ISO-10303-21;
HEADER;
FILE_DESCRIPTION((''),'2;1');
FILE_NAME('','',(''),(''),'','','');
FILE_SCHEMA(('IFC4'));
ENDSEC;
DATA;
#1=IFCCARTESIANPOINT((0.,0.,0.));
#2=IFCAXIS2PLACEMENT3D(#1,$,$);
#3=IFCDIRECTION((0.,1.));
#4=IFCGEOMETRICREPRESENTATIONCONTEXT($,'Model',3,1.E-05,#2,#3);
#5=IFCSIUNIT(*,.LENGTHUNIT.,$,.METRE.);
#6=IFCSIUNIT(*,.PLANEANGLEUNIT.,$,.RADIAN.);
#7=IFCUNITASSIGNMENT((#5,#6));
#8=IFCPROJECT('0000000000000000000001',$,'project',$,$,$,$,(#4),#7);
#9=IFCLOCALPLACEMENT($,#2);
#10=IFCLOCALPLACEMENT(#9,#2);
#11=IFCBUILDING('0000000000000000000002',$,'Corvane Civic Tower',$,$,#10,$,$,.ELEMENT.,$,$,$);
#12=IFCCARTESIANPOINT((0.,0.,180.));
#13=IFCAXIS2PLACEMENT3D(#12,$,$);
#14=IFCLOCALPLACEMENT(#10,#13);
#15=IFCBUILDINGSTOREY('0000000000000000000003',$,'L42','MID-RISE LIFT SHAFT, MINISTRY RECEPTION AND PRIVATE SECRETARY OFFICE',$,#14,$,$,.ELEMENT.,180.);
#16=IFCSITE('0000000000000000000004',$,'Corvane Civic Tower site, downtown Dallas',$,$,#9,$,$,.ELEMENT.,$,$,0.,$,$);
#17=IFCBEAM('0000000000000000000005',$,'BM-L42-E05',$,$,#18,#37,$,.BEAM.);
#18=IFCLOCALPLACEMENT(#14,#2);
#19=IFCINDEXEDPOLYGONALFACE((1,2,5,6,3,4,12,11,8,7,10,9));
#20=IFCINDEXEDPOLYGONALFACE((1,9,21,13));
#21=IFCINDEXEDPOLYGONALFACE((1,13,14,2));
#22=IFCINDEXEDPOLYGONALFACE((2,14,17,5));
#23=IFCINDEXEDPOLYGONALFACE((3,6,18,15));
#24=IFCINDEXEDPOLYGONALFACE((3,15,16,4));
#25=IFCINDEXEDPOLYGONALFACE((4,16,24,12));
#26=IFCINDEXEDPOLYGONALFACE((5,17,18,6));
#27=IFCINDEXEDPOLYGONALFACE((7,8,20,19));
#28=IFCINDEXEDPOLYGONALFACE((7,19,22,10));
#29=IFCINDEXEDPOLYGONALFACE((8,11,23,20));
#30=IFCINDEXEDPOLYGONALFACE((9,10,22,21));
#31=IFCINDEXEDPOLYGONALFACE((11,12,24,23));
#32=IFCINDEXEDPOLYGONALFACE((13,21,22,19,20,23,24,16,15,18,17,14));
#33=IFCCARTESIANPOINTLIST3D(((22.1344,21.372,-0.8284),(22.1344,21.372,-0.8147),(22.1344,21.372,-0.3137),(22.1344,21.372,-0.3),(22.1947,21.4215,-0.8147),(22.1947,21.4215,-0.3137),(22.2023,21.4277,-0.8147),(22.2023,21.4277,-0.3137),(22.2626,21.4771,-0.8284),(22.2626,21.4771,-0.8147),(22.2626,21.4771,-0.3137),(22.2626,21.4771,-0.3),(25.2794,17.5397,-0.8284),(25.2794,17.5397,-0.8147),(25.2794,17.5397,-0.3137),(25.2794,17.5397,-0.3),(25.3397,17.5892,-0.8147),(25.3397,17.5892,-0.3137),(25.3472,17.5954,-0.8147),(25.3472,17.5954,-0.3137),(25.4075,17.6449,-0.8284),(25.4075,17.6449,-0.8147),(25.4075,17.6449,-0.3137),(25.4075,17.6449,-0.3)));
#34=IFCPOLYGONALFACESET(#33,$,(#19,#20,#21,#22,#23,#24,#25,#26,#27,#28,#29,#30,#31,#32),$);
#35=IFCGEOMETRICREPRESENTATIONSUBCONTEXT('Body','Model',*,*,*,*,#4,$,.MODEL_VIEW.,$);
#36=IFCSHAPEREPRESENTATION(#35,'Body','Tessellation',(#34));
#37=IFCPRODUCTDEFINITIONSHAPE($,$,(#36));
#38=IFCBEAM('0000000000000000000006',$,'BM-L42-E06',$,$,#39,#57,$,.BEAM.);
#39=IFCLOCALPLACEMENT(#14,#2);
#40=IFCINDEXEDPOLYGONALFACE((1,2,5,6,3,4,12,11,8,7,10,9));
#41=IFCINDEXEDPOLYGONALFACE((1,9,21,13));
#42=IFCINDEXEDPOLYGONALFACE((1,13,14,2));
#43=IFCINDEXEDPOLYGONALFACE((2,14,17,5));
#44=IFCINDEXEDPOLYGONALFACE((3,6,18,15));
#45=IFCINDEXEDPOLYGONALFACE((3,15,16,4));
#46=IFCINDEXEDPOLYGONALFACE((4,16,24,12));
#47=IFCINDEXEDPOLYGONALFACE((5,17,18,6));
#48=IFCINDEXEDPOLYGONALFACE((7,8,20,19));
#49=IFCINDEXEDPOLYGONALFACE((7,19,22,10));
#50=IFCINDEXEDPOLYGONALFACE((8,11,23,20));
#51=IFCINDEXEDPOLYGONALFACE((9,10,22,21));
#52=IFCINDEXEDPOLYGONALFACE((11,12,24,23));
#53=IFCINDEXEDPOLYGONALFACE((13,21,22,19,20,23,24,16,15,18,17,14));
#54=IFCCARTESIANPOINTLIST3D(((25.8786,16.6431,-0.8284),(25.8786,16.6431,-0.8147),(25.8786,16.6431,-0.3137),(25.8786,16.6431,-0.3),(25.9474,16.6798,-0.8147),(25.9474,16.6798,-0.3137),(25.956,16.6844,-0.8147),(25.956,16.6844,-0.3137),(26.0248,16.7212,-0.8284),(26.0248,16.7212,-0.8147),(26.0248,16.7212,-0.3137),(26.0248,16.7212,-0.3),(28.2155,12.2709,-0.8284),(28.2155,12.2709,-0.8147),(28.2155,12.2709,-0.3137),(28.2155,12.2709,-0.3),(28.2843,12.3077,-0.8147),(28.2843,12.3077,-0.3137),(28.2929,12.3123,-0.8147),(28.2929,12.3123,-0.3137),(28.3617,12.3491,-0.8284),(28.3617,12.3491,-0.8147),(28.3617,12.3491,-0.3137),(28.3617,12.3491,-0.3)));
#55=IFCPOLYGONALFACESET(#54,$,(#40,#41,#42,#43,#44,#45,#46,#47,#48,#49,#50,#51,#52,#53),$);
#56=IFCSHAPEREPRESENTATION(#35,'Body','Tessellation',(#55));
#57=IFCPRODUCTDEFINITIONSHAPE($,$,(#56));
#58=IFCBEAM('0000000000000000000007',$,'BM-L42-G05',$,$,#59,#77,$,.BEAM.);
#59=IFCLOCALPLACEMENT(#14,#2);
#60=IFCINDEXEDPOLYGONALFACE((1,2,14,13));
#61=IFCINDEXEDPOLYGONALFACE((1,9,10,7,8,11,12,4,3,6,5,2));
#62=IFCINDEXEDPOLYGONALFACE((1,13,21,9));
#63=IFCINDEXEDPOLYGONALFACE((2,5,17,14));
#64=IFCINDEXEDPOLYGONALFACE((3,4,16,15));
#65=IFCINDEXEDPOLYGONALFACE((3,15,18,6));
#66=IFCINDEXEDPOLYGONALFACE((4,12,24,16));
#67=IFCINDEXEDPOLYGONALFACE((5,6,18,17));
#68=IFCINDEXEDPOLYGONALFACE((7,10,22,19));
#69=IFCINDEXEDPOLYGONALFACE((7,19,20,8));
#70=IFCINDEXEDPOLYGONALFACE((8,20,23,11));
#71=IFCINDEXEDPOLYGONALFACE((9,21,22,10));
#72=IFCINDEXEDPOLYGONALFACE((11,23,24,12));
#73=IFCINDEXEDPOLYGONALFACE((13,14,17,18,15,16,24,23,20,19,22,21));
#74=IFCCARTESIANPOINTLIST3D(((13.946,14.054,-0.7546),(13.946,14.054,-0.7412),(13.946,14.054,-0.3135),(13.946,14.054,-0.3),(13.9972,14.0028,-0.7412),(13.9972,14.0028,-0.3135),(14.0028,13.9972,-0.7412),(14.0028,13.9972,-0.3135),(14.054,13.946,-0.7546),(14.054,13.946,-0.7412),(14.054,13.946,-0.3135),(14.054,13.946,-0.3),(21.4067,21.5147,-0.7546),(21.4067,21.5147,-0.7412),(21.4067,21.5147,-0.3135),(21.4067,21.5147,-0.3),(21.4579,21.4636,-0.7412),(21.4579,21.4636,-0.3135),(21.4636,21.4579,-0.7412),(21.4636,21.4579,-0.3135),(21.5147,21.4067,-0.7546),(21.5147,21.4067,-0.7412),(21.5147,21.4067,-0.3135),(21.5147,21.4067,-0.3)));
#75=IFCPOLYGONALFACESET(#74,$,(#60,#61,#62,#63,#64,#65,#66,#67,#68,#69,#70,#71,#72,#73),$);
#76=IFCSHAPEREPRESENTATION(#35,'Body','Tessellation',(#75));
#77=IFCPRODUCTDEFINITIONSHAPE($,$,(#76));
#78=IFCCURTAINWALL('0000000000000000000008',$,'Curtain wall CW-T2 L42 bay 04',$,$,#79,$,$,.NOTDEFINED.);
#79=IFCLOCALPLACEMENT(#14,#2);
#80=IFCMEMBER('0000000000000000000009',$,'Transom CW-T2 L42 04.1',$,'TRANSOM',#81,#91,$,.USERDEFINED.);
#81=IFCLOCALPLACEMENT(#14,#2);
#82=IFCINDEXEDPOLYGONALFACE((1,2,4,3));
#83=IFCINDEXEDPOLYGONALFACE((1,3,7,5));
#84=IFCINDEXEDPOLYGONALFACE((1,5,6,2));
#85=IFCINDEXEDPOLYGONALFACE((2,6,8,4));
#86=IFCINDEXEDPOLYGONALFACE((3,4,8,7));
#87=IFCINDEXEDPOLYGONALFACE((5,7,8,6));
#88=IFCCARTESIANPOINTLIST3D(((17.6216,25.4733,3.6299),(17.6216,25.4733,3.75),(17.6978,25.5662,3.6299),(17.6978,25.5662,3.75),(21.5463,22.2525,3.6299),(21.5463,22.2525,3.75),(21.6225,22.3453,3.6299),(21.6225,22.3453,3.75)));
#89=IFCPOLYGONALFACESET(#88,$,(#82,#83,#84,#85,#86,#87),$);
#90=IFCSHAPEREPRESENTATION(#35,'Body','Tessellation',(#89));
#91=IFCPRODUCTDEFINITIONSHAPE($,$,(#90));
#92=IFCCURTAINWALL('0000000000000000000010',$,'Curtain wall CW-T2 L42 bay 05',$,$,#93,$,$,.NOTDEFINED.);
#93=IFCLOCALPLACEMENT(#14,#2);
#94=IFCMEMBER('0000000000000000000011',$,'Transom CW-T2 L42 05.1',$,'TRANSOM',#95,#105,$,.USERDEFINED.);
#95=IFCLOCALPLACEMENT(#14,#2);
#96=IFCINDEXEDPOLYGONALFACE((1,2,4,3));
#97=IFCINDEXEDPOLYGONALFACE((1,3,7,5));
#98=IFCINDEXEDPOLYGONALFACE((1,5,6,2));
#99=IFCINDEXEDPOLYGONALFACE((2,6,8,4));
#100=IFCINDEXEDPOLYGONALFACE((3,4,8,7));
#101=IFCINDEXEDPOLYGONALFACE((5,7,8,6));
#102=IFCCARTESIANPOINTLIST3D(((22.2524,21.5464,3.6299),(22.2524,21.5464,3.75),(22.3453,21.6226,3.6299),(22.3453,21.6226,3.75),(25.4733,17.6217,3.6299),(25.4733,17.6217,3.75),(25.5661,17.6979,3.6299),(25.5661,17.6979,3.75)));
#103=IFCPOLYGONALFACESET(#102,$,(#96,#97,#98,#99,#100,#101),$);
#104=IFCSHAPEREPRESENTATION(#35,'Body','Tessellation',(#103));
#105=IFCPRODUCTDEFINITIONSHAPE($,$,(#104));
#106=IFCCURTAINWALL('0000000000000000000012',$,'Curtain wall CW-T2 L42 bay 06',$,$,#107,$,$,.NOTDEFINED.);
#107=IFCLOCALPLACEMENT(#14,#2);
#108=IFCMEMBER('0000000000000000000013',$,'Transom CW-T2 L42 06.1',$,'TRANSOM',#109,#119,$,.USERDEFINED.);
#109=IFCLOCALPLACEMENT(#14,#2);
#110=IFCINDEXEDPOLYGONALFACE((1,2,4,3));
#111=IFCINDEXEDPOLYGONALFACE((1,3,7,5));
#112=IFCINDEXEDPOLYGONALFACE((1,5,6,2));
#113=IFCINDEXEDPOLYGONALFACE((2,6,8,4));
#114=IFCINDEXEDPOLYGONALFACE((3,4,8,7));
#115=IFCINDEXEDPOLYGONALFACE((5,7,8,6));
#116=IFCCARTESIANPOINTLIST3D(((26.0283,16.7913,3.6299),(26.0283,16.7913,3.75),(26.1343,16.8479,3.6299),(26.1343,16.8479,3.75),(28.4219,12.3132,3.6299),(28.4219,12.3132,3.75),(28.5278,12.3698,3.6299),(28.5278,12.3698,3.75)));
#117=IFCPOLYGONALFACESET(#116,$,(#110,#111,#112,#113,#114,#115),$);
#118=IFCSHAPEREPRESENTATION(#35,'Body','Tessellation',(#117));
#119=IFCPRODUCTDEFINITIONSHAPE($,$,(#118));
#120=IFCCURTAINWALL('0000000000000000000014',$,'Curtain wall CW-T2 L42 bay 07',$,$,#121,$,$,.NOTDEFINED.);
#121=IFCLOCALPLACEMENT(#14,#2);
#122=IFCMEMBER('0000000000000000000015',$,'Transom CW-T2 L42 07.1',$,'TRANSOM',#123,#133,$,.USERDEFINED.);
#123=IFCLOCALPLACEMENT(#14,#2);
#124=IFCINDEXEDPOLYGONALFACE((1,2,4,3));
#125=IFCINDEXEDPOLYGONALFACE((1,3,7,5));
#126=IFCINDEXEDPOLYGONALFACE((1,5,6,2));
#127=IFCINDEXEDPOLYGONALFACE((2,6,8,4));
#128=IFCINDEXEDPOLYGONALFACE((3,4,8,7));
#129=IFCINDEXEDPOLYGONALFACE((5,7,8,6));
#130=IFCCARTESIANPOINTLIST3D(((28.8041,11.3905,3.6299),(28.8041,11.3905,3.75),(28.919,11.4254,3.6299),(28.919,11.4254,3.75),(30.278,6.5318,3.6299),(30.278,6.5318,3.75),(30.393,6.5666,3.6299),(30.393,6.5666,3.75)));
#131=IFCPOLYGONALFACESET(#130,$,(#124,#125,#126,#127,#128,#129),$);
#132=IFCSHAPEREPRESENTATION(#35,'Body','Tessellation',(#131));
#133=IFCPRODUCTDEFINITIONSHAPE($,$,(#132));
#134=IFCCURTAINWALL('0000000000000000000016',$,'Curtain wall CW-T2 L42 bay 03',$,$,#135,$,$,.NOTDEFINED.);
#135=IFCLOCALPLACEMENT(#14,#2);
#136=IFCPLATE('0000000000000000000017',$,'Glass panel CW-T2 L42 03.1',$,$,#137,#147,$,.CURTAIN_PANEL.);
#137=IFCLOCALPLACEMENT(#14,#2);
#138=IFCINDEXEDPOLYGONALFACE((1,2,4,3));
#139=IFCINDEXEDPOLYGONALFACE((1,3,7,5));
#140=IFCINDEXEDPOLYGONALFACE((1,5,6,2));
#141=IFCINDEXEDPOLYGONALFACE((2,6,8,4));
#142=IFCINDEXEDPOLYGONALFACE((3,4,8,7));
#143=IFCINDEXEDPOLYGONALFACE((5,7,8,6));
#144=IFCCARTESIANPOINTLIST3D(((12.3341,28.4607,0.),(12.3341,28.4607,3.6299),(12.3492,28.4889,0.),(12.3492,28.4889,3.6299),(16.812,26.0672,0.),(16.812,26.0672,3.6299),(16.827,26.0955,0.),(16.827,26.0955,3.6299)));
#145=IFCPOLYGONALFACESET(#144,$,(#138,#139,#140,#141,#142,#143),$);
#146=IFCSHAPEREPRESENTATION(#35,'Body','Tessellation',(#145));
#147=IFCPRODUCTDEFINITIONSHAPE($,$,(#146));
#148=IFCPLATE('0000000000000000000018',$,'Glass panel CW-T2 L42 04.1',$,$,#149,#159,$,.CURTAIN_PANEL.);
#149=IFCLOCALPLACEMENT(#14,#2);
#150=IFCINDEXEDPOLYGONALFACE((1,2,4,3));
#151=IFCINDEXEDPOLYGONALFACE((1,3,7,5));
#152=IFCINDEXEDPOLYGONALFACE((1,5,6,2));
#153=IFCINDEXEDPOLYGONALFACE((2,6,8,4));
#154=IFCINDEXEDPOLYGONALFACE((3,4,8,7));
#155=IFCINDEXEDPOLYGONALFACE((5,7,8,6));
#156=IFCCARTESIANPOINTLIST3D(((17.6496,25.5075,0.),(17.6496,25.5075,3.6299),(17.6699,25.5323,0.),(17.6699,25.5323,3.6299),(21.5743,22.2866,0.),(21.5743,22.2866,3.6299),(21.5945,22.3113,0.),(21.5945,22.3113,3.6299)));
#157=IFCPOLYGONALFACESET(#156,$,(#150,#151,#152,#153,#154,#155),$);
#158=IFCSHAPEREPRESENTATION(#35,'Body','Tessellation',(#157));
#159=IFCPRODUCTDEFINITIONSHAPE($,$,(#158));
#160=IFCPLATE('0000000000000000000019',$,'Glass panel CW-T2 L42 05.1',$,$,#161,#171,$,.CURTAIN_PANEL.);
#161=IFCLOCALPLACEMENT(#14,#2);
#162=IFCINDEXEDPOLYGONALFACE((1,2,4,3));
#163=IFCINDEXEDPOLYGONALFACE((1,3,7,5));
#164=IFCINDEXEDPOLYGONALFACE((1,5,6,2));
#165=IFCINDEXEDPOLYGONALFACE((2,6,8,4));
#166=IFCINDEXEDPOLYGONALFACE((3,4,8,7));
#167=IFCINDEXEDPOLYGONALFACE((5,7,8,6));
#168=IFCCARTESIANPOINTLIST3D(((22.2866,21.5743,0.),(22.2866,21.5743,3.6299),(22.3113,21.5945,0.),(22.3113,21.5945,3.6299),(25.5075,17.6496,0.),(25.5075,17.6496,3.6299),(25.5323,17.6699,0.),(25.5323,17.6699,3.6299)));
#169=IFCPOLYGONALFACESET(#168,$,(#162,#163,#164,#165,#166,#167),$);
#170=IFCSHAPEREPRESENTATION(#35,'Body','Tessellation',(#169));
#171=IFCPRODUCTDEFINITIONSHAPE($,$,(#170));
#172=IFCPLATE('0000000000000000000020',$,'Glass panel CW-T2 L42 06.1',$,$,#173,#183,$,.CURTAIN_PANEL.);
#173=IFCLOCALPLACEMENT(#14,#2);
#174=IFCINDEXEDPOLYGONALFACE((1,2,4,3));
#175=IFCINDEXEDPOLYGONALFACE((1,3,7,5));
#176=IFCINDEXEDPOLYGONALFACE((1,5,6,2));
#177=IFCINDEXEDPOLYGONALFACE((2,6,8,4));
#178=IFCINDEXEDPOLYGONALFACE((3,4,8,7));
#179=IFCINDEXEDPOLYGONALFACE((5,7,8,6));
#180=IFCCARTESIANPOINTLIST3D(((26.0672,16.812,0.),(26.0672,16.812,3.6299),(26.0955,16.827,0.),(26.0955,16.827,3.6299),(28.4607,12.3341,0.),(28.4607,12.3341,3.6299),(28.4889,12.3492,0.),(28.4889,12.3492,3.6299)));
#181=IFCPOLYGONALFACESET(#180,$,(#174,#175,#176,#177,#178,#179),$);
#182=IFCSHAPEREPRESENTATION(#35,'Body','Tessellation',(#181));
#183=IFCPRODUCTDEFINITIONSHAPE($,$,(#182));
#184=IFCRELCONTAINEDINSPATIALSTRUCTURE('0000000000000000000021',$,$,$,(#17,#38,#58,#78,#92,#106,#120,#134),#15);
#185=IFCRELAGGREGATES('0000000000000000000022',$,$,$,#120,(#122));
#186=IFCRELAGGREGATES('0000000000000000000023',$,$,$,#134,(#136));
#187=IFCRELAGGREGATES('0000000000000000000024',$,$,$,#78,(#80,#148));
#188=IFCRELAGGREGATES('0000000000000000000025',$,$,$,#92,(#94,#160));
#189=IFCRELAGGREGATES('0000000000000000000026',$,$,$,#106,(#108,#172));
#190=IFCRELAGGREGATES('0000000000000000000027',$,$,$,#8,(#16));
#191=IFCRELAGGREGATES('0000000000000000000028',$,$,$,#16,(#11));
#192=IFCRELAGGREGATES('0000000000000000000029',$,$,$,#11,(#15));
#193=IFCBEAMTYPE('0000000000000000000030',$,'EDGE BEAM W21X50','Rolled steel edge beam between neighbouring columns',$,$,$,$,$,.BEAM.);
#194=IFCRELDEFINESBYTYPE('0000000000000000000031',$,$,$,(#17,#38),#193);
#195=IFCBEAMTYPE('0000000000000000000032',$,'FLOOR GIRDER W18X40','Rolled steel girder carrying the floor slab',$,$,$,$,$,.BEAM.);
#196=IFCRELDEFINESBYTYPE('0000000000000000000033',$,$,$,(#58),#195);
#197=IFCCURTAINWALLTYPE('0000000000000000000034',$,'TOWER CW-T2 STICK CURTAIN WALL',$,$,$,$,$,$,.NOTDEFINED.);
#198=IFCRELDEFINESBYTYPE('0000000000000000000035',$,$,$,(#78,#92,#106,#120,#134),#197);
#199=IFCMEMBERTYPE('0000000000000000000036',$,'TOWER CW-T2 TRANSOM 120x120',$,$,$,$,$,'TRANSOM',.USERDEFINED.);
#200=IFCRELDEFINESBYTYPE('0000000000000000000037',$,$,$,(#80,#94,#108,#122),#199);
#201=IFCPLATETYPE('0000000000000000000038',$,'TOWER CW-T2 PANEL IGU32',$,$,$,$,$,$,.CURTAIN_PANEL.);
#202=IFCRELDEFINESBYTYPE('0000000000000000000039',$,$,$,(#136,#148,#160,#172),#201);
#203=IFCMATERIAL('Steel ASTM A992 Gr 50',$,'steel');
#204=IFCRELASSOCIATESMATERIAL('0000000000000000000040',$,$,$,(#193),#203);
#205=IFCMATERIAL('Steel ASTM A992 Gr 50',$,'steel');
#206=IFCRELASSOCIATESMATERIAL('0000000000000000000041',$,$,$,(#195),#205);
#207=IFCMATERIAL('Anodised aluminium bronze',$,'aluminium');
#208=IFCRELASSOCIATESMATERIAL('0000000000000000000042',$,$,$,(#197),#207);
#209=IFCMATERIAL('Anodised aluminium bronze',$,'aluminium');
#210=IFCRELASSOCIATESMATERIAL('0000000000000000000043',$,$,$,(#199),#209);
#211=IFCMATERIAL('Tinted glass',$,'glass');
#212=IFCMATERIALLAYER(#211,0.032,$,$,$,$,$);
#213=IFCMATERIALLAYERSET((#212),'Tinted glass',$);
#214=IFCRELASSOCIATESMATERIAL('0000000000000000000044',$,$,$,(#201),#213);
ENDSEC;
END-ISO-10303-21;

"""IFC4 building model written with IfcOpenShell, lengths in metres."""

from ifc_helpers import new_model, si_unit, direction, frame, origin, origin_2d, place, context, subcontext, project, spatial, rectangle, i_section, extrude, material, layer, layer_set, material_profile, profile_set, type_object, element, aggregate, save


model = new_model("IFC4")

# Units and contexts
model_context = context("Model", 3, precision=1e-05, world=origin(), true_north=direction((0.0, 1.0)))
body_context = subcontext(model_context, "Body", "Model", "MODEL_VIEW")
ifc_project = project(units=[si_unit("LENGTHUNIT", "METRE"), si_unit("PLANEANGLEUNIT", "RADIAN")], contexts=[model_context])

# Site, building, storey
site_placement = place(None, origin())
site = spatial("IfcSite", under=ifc_project, at=site_placement, Name="Corvane Civic Tower site, downtown Dallas", CompositionType="ELEMENT", RefElevation=0.0)
building_placement = place(site_placement, origin())
building = spatial("IfcBuilding", under=site, at=building_placement, Name="Corvane Civic Tower", CompositionType="ELEMENT")
storey_placement = place(building_placement, frame((0.0, 0.0, 180.0)))
storey = spatial("IfcBuildingStorey", under=building, at=storey_placement, Name="L42", Description="MID-RISE LIFT SHAFT, MINISTRY RECEPTION AND PRIVATE SECRETARY OFFICE", CompositionType="ELEMENT", Elevation=180.0)

# Beams
ifc_material_1 = material(Name="Steel ASTM A992 Gr 50", Category="steel")
ifc_material_profile_1 = material_profile(ifc_material_1, i_section(OverallWidth=0.1658, OverallDepth=0.5283, WebThickness=0.0098, FlangeThickness=0.0137, at=origin_2d()), Name="W21X50")
ifc_profile_set_1 = profile_set([ifc_material_profile_1], Name="Steel ASTM A992 Gr 50")
beam_type_1 = type_object("IfcBeamType", Name="EDGE BEAM W21X50", Description="Rolled steel edge beam between neighbouring columns", PredefinedType="BEAM", material=ifc_profile_set_1)
for number, where, z_axis, x_axis, name in (
    (1, (22.1985, 21.4246, -0.5642), (0.634388, -0.773015, 0.0), (0.773015, 0.634388, 0.0), "BM-L42-E05"),
    (2, (25.9517, 16.6821, -0.5642), (0.471396, -0.881922, 0.0), (0.881922, 0.471396, 0.0), "BM-L42-E06"),
):
    element("IfcBeam", number, at=place(storey_placement, frame(where, z_axis=z_axis, x_axis=x_axis)), inside=storey, type_object=beam_type_1, Name=name, PredefinedType="BEAM", context=body_context, shape_type="SweptSolid", body=[
        extrude(i_section(OverallWidth=0.1658, OverallDepth=0.5283, WebThickness=0.0098, FlangeThickness=0.0137, at=origin_2d()), origin(), (0.0, 0.0, 1.0), 4.9575),
    ])
ifc_material_2 = material(Name="Steel ASTM A992 Gr 50", Category="steel")
ifc_material_profile_2 = material_profile(ifc_material_2, i_section(OverallWidth=0.1528, OverallDepth=0.4546, WebThickness=0.0081, FlangeThickness=0.0134, at=origin_2d()), Name="W18X40")
ifc_profile_set_2 = profile_set([ifc_material_profile_2], Name="Steel ASTM A992 Gr 50")
beam_type_2 = type_object("IfcBeamType", Name="FLOOR GIRDER W18X40", Description="Rolled steel girder carrying the floor slab", PredefinedType="BEAM", material=ifc_profile_set_2)
beam_placement = place(storey_placement, frame((14.0, 14.0, -0.5273), z_axis=(0.707107, 0.707107, 0.0), x_axis=(-0.707107, 0.707107, 0.0)))
element("IfcBeam", 3, at=beam_placement, inside=storey, type_object=beam_type_2, Name="BM-L42-G05", PredefinedType="BEAM", context=body_context, shape_type="SweptSolid", body=[
    extrude(i_section(OverallWidth=0.1528, OverallDepth=0.4546, WebThickness=0.0081, FlangeThickness=0.0134, at=origin_2d()), origin(), (0.0, 0.0, 1.0), 10.551),
])

# Curtain walls, members
ifc_material_3 = material(Name="Anodised aluminium bronze", Category="aluminium")
curtain_wall_type = type_object("IfcCurtainWallType", Name="TOWER CW-T2 STICK CURTAIN WALL", PredefinedType="NOTDEFINED", material=ifc_material_3)
curtain_wall_1_placement = place(storey_placement, origin())
curtain_wall_1 = element("IfcCurtainWall", 4, at=curtain_wall_1_placement, inside=storey, type_object=curtain_wall_type, Name="Curtain wall CW-T2 L42 bay 04", PredefinedType="NOTDEFINED")
ifc_material_4 = material(Name="Anodised aluminium bronze", Category="aluminium")
ifc_material_profile_3 = material_profile(ifc_material_4, rectangle(XDim=0.1201, YDim=0.1201, at=origin_2d()), Name="TOWER CW-T2 TRANSOM 120x120")
ifc_profile_set_3 = profile_set([ifc_material_profile_3], Name="Anodised aluminium bronze")
member_type = type_object("IfcMemberType", Name="TOWER CW-T2 TRANSOM 120x120", ElementType="TRANSOM", PredefinedType="USERDEFINED", material=ifc_profile_set_3)
member_1_placement = place(storey_placement, frame((17.6597, 25.5198, 3.6899), z_axis=(0.773016, -0.634387, 0.0), x_axis=(0.634387, 0.773016, 0.0)))
member_1 = element("IfcMember", 5, at=member_1_placement, type_object=member_type, Name="Transom CW-T2 L42 04.1", ObjectType="TRANSOM", PredefinedType="USERDEFINED", context=body_context, shape_type="SweptSolid", body=[
    extrude(rectangle(XDim=0.1201, YDim=0.1201, at=origin_2d()), origin(), (0.0, 0.0, 1.0), 5.0771),
])
curtain_wall_2_placement = place(storey_placement, origin())
curtain_wall_2 = element("IfcCurtainWall", 6, at=curtain_wall_2_placement, inside=storey, type_object=curtain_wall_type, Name="Curtain wall CW-T2 L42 bay 05", PredefinedType="NOTDEFINED")
member_2_placement = place(storey_placement, frame((22.2988, 21.5845, 3.6899), z_axis=(0.634387, -0.773016, 0.0), x_axis=(0.773016, 0.634387, 0.0)))
member_2 = element("IfcMember", 7, at=member_2_placement, type_object=member_type, Name="Transom CW-T2 L42 05.1", ObjectType="TRANSOM", PredefinedType="USERDEFINED", context=body_context, shape_type="SweptSolid", body=[
    extrude(rectangle(XDim=0.1201, YDim=0.1201, at=origin_2d()), origin(), (0.0, 0.0, 1.0), 5.0771),
])
curtain_wall_3_placement = place(storey_placement, origin())
curtain_wall_3 = element("IfcCurtainWall", 8, at=curtain_wall_3_placement, inside=storey, type_object=curtain_wall_type, Name="Curtain wall CW-T2 L42 bay 06", PredefinedType="NOTDEFINED")
member_3_placement = place(storey_placement, frame((26.0813, 16.8196, 3.6899), z_axis=(0.471397, -0.881921, 0.0), x_axis=(0.881921, 0.471397, 0.0)))
member_3 = element("IfcMember", 9, at=member_3_placement, type_object=member_type, Name="Transom CW-T2 L42 06.1", ObjectType="TRANSOM", PredefinedType="USERDEFINED", context=body_context, shape_type="SweptSolid", body=[
    extrude(rectangle(XDim=0.1201, YDim=0.1201, at=origin_2d()), origin(), (0.0, 0.0, 1.0), 5.0776),
])
curtain_wall_4_placement = place(storey_placement, origin())
curtain_wall_4 = element("IfcCurtainWall", 10, at=curtain_wall_4_placement, inside=storey, type_object=curtain_wall_type, Name="Curtain wall CW-T2 L42 bay 07", PredefinedType="NOTDEFINED")
member_4_placement = place(storey_placement, frame((28.8616, 11.408, 3.6899), z_axis=(0.290289, -0.956939, 0.0), x_axis=(0.956939, 0.290289, 0.0)))
member_4 = element("IfcMember", 11, at=member_4_placement, type_object=member_type, Name="Transom CW-T2 L42 07.1", ObjectType="TRANSOM", PredefinedType="USERDEFINED", context=body_context, shape_type="SweptSolid", body=[
    extrude(rectangle(XDim=0.1201, YDim=0.1201, at=origin_2d()), origin(), (0.0, 0.0, 1.0), 5.0774),
])
aggregate(curtain_wall_4, [member_4])

# Curtain wall, plate
curtain_wall_5_placement = place(storey_placement, origin())
curtain_wall_5 = element("IfcCurtainWall", 12, at=curtain_wall_5_placement, inside=storey, type_object=curtain_wall_type, Name="Curtain wall CW-T2 L42 bay 03", PredefinedType="NOTDEFINED")
ifc_material_5 = material(Name="Tinted glass", Category="glass")
ifc_layer_1 = layer(ifc_material_5, 0.032)
ifc_layer_set_1 = layer_set([ifc_layer_1], Name="Tinted glass")
plate_type = type_object("IfcPlateType", Name="TOWER CW-T2 PANEL IGU32", PredefinedType="CURTAIN_PANEL", material=ifc_layer_set_1)
plate_1_placement = place(storey_placement, frame((14.5806, 27.2781, 0.0), z_axis=(0.0, 0.0, 1.0), x_axis=(0.881922, -0.471395, 0.0)))
plate_1 = element("IfcPlate", 13, at=plate_1_placement, type_object=plate_type, Name="Glass panel CW-T2 L42 03.1", PredefinedType="CURTAIN_PANEL", context=body_context, shape_type="SweptSolid", body=[
    extrude(rectangle(XDim=5.0774, YDim=0.032, at=origin_2d()), origin(), (0.0, 0.0, 1.0), 3.6299),
])
aggregate(curtain_wall_5, [plate_1])

# Plates
plate_2_placement = place(storey_placement, frame((19.6221, 23.9094, 0.0), z_axis=(0.0, 0.0, 1.0), x_axis=(0.773005, -0.6344, 0.0)))
plate_2 = element("IfcPlate", 14, at=plate_2_placement, type_object=plate_type, Name="Glass panel CW-T2 L42 04.1", PredefinedType="CURTAIN_PANEL", context=body_context, shape_type="SweptSolid", body=[
    extrude(rectangle(XDim=5.0771, YDim=0.032, at=origin_2d()), origin(), (0.0, 0.0, 1.0), 3.6299),
])
aggregate(curtain_wall_1, [member_1, plate_2])
plate_3_placement = place(storey_placement, frame((23.9094, 19.6221, 0.0), z_axis=(0.0, 0.0, 1.0), x_axis=(0.6344, -0.773005, 0.0)))
plate_3 = element("IfcPlate", 15, at=plate_3_placement, type_object=plate_type, Name="Glass panel CW-T2 L42 05.1", PredefinedType="CURTAIN_PANEL", context=body_context, shape_type="SweptSolid", body=[
    extrude(rectangle(XDim=5.0771, YDim=0.032, at=origin_2d()), origin(), (0.0, 0.0, 1.0), 3.6299),
])
aggregate(curtain_wall_2, [member_2, plate_3])
plate_4_placement = place(storey_placement, frame((27.2781, 14.5806, 0.0), z_axis=(0.0, 0.0, 1.0), x_axis=(0.471395, -0.881922, 0.0)))
plate_4 = element("IfcPlate", 16, at=plate_4_placement, type_object=plate_type, Name="Glass panel CW-T2 L42 06.1", PredefinedType="CURTAIN_PANEL", context=body_context, shape_type="SweptSolid", body=[
    extrude(rectangle(XDim=5.0774, YDim=0.032, at=origin_2d()), origin(), (0.0, 0.0, 1.0), 3.6299),
])
aggregate(curtain_wall_3, [member_3, plate_4])

save(model, "model.ifc")
